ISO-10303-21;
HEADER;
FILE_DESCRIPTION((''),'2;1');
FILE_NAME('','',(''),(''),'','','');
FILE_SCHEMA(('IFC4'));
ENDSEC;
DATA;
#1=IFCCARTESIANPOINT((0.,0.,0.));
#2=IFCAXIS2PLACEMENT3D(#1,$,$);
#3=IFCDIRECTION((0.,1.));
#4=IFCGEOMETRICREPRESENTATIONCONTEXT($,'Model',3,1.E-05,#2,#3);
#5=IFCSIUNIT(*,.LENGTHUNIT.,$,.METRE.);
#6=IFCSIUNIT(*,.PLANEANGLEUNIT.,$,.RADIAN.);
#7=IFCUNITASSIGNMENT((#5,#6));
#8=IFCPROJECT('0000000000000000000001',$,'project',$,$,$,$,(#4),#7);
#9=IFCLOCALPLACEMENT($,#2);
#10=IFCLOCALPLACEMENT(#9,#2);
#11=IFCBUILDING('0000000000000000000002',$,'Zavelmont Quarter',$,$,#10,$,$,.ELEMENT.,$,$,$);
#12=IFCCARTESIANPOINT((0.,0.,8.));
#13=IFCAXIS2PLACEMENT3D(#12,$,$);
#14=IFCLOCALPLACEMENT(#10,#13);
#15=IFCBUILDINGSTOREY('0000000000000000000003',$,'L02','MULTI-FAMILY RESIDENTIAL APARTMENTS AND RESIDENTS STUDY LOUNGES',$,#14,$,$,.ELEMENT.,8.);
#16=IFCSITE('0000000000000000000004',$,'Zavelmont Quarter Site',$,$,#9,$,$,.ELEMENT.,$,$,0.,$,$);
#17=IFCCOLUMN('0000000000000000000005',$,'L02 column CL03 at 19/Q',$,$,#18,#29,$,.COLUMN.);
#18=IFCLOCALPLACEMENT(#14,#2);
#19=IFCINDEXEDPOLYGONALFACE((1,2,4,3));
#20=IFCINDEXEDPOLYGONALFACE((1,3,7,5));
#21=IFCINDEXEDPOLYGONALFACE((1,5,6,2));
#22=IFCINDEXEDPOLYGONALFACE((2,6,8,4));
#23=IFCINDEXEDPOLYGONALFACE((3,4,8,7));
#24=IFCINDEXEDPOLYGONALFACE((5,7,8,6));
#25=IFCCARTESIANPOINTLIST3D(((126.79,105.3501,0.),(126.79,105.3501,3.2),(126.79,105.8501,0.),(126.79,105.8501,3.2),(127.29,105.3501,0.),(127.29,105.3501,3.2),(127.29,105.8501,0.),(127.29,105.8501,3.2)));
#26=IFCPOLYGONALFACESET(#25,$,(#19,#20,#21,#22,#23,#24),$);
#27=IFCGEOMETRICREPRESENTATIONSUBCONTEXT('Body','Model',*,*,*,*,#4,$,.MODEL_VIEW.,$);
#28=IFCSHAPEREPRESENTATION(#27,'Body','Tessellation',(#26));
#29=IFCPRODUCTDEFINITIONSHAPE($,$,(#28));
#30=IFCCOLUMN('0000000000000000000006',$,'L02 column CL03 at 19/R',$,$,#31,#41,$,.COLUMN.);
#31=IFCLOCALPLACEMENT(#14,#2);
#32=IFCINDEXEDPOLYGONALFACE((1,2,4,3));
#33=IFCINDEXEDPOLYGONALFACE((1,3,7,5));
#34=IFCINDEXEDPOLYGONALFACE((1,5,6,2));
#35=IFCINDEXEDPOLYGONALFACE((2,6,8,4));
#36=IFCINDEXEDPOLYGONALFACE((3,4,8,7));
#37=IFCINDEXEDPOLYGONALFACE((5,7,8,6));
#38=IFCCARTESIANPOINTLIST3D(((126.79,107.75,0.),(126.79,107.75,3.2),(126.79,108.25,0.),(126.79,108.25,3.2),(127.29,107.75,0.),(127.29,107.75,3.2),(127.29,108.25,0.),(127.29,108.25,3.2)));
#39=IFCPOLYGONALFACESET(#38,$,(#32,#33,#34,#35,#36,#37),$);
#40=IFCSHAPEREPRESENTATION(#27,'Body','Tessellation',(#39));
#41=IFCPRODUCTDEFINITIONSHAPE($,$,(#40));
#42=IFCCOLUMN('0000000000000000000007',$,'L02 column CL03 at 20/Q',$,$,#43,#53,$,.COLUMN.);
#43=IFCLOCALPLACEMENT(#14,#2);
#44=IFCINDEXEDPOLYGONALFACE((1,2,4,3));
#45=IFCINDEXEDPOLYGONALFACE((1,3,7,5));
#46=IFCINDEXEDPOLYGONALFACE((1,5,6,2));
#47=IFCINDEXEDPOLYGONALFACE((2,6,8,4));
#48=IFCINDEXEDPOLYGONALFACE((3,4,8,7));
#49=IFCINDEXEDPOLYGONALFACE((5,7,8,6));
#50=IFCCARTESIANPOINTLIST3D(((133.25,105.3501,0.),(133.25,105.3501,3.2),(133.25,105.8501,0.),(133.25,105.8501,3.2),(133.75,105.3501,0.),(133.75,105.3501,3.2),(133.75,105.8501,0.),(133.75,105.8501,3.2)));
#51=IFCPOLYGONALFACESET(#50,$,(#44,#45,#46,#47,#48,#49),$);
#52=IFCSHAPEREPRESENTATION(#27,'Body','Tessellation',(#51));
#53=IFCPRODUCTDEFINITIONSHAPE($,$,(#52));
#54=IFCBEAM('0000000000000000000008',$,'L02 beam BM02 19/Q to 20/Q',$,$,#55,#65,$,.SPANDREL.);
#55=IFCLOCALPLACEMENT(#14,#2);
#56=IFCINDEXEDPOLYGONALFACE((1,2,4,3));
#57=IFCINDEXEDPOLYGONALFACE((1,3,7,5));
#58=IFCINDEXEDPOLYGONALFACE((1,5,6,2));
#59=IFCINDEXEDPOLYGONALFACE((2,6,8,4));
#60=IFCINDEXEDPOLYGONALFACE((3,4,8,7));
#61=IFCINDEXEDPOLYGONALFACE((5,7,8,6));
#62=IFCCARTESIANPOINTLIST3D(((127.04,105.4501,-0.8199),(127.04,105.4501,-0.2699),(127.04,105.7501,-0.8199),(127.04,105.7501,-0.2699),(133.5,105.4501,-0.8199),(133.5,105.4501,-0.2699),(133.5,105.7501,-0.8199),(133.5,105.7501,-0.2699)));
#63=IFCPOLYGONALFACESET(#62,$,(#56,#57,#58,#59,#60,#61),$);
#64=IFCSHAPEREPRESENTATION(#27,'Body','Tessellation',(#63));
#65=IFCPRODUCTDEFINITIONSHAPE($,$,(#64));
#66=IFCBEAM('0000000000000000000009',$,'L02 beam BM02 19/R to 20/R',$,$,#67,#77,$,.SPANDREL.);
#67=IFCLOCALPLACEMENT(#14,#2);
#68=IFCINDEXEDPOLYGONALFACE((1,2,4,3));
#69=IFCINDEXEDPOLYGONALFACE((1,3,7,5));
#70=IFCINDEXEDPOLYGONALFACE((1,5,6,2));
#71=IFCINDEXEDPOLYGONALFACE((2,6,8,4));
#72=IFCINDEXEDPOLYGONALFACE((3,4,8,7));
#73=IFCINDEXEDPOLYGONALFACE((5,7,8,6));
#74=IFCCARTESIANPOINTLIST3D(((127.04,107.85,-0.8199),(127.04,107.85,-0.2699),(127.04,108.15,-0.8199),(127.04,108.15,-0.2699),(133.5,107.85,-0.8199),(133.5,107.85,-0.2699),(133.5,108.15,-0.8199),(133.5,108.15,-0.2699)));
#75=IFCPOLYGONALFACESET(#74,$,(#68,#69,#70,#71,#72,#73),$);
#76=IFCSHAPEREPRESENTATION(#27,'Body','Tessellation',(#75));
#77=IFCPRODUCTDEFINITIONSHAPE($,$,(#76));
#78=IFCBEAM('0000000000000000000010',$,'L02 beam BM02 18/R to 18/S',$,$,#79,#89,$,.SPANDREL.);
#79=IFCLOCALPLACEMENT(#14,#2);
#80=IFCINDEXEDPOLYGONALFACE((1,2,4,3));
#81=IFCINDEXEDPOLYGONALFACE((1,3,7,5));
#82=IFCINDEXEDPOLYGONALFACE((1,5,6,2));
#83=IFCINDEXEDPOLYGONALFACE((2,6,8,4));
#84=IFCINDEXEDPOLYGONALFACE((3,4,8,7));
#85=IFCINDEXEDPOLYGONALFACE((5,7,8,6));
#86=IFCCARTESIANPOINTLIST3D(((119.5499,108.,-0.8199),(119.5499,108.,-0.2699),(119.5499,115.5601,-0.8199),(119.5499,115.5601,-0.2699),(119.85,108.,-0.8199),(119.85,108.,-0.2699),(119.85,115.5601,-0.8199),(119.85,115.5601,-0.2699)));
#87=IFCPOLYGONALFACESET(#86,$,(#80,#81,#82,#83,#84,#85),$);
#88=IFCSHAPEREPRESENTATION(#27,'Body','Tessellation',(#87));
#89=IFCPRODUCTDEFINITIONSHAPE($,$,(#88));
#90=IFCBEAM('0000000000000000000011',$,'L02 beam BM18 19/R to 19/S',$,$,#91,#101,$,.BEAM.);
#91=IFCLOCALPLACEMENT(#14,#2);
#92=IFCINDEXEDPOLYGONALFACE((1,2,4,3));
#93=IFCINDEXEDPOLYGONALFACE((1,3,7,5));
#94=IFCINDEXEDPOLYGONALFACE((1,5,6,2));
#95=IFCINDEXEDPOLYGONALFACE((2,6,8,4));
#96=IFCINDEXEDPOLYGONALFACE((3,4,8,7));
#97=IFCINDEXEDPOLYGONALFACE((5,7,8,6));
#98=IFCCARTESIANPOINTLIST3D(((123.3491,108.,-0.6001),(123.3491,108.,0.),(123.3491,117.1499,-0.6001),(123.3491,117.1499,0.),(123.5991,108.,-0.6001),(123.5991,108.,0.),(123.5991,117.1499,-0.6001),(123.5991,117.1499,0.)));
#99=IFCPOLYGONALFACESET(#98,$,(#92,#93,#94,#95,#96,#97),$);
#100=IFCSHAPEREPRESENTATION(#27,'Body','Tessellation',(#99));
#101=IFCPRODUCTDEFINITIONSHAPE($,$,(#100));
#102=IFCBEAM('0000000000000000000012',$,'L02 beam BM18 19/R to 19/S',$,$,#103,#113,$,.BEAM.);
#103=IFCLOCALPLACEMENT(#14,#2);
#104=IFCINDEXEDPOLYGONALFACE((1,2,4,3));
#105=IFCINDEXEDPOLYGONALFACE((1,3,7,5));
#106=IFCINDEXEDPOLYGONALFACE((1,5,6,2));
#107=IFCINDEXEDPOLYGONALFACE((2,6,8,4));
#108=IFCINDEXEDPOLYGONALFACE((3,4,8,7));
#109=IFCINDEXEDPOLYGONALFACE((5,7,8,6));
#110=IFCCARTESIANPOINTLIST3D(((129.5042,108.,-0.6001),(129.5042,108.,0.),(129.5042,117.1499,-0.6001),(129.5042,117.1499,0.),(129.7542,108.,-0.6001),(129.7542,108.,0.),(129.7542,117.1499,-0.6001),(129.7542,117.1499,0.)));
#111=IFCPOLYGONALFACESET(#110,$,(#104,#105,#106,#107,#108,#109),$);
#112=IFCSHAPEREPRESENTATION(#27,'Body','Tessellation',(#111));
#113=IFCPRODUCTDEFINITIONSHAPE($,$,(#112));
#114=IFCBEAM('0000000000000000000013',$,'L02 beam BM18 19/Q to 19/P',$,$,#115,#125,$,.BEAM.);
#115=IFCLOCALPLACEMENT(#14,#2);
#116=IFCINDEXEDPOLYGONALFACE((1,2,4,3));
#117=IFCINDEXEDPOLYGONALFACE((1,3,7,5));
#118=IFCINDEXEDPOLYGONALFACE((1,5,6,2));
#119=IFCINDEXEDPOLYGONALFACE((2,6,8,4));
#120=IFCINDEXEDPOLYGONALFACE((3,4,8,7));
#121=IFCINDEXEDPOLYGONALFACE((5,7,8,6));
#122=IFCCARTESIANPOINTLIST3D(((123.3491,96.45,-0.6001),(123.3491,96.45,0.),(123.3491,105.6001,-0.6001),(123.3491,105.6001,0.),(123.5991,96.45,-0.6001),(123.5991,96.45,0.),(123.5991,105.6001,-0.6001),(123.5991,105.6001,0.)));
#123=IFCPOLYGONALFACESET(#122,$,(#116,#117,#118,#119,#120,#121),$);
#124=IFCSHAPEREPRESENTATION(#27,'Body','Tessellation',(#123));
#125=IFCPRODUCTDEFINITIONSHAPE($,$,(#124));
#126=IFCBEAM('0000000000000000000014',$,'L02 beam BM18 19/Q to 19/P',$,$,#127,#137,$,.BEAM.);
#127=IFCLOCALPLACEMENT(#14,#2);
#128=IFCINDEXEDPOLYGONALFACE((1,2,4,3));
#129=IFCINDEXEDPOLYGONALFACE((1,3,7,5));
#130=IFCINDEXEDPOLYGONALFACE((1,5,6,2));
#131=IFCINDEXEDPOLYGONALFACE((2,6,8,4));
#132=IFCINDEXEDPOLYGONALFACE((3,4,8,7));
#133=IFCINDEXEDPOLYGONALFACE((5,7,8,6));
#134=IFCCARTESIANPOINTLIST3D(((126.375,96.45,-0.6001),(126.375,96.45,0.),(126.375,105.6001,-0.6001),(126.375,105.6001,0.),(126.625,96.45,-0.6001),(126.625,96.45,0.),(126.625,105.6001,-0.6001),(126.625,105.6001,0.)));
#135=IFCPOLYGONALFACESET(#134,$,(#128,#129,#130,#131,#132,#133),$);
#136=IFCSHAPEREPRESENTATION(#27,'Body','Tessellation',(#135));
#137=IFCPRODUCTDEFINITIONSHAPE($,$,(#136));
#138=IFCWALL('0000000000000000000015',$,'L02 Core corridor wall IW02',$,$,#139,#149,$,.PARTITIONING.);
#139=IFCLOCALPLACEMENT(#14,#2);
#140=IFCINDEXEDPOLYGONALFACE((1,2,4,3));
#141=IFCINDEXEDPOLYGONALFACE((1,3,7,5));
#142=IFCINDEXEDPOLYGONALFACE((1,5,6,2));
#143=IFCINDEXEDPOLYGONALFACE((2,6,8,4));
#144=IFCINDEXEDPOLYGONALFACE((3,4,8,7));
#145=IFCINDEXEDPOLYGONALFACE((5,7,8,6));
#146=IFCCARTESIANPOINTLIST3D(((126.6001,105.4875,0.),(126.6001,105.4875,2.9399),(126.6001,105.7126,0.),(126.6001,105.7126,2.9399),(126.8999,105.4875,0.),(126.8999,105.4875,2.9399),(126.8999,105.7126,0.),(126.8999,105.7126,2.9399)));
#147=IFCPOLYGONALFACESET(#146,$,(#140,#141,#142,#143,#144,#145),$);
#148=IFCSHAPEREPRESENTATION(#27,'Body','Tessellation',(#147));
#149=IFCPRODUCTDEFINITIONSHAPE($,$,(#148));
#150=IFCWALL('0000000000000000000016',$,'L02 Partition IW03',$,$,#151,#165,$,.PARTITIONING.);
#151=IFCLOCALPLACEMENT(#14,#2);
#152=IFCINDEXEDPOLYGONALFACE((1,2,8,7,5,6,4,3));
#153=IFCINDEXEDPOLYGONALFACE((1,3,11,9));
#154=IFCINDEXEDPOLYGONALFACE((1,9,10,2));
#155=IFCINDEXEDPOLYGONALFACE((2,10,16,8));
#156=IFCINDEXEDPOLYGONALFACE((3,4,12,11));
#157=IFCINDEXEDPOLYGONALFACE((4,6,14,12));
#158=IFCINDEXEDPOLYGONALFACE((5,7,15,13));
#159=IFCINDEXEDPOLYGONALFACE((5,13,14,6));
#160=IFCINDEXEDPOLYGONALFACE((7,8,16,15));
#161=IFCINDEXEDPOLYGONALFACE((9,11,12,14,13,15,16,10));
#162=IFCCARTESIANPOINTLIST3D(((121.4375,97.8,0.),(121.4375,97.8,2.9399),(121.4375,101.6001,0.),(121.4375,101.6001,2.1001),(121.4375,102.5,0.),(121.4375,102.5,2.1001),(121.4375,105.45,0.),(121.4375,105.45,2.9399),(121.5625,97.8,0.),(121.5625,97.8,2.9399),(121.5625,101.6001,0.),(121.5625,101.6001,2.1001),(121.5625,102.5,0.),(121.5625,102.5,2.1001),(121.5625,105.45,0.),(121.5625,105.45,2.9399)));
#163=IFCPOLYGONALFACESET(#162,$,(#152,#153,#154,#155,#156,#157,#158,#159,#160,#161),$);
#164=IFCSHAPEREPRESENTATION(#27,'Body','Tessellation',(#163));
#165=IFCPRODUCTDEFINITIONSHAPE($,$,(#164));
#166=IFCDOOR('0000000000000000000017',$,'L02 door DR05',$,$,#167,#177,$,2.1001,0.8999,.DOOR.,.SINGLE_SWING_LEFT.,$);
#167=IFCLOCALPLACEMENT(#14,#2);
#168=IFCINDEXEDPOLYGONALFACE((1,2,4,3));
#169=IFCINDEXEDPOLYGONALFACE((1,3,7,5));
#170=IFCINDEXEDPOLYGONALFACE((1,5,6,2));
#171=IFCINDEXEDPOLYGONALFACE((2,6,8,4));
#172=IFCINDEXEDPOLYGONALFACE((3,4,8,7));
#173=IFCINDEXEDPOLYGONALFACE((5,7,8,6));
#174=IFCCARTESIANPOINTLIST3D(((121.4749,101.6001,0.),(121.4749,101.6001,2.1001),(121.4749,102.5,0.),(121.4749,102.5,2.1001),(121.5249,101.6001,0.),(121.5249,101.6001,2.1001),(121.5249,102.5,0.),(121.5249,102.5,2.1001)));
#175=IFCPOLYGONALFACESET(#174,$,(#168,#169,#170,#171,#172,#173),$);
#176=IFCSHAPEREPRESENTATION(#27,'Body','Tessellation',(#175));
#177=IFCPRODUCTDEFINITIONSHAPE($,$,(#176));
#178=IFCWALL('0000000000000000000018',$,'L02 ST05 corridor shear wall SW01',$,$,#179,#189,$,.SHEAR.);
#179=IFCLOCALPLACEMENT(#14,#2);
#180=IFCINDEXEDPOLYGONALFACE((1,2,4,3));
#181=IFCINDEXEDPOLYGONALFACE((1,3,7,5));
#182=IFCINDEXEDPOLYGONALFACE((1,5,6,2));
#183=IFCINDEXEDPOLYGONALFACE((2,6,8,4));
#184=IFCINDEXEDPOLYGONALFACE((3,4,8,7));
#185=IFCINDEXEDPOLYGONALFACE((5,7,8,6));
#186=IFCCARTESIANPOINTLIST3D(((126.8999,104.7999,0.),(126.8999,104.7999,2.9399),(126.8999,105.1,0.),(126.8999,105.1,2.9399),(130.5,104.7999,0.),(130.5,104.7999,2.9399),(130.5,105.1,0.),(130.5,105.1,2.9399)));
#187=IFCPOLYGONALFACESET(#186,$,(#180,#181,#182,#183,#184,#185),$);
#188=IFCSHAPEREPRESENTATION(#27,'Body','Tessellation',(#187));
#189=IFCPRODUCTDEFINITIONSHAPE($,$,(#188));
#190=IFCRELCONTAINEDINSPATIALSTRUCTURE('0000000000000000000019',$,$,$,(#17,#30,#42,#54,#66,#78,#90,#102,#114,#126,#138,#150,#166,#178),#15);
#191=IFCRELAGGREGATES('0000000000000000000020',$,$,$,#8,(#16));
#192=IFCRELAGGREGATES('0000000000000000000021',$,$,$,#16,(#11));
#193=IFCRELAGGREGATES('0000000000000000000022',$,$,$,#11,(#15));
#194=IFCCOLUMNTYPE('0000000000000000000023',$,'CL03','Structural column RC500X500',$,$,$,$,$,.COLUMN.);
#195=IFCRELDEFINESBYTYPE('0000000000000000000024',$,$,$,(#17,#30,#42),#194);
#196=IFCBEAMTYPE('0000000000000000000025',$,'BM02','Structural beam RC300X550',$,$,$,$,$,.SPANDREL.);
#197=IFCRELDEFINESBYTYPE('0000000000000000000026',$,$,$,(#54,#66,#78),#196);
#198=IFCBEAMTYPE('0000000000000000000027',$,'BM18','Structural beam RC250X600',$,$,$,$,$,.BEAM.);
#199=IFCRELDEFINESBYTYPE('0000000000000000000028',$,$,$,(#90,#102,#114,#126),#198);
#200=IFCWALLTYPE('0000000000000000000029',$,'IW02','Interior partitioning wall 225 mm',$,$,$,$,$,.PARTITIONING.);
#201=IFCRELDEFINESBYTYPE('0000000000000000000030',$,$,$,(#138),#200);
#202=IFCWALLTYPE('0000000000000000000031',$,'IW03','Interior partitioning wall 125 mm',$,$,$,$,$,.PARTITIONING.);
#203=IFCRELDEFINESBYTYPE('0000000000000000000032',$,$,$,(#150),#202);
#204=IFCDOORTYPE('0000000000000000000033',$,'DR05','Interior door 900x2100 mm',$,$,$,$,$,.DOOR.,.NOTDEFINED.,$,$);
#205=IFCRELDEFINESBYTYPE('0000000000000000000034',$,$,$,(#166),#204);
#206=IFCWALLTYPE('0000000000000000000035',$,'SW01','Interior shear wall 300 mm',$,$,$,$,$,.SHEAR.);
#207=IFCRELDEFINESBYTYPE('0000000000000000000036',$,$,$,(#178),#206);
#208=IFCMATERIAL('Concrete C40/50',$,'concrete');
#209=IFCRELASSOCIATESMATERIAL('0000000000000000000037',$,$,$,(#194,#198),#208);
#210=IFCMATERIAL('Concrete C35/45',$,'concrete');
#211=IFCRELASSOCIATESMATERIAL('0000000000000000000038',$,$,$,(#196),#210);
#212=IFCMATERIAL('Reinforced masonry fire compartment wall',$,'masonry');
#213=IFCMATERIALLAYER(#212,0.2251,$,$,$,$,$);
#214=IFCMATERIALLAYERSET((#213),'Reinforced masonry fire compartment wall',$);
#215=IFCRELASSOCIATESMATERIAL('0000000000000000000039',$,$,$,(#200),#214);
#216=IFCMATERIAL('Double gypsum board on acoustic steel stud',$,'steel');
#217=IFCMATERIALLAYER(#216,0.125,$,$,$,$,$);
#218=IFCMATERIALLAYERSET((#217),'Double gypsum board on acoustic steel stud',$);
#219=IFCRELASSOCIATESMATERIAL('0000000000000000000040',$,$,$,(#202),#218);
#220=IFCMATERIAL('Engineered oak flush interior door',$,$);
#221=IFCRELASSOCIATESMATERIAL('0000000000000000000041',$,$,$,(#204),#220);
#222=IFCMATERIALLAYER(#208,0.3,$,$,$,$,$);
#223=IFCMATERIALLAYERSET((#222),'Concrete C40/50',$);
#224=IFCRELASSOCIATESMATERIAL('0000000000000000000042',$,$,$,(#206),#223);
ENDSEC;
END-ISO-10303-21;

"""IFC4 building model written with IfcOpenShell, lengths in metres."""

from ifc_helpers import new_model, si_unit, direction, frame, frame_2d, origin, origin_with_axes, origin_2d, place, context, subcontext, project, spatial, rectangle, extrude, material, layer, layer_set, material_profile, profile_set, type_object, element, fill, save


model = new_model("IFC4")

# Units and contexts
model_context = context("Model", 3, precision=1e-05, world=origin(), true_north=direction((0.0, 1.0)))
body_context = subcontext(model_context, "Body", "Model", "MODEL_VIEW")
ifc_project = project(units=[si_unit("LENGTHUNIT", "METRE"), si_unit("PLANEANGLEUNIT", "RADIAN")], contexts=[model_context])

# Site, building, storey
site_placement = place(None, origin())
site = spatial("IfcSite", under=ifc_project, at=site_placement, Name="Zavelmont Quarter Site", CompositionType="ELEMENT", RefElevation=0.0)
building_placement = place(site_placement, origin())
building = spatial("IfcBuilding", under=site, at=building_placement, Name="Zavelmont Quarter", CompositionType="ELEMENT")
storey_placement = place(building_placement, frame((0.0, 0.0, 8.0)))
storey = spatial("IfcBuildingStorey", under=building, at=storey_placement, Name="L02", Description="MULTI-FAMILY RESIDENTIAL APARTMENTS AND RESIDENTS STUDY LOUNGES", CompositionType="ELEMENT", Elevation=8.0)

# Columns
ifc_material_1 = material(Name="Concrete C40/50", Category="concrete")
ifc_material_profile_1 = material_profile(ifc_material_1, rectangle(XDim=0.5, YDim=0.5, at=origin_2d()), Name="RC500X500")
ifc_profile_set_1 = profile_set([ifc_material_profile_1], Name="Concrete C40/50")
column_type = type_object("IfcColumnType", Name="CL03", Description="Structural column RC500X500", PredefinedType="COLUMN", material=ifc_profile_set_1)
for number, where, z_axis, x_axis, name in (
    (1, (127.04, 105.6001, 0.0), (0.0, 0.0, 1.0), (1.0, 0.0, 0.0), "L02 column CL03 at 19/Q"),
    (2, (127.04, 108.0, 0.0), (0.0, 0.0, 1.0), (1.0, 0.0, 0.0), "L02 column CL03 at 19/R"),
    (3, (133.5, 105.6001, 0.0), (0.0, 0.0, 1.0), (1.0, 0.0, 0.0), "L02 column CL03 at 20/Q"),
):
    element("IfcColumn", number, at=place(storey_placement, frame(where, z_axis=z_axis, x_axis=x_axis)), inside=storey, type_object=column_type, Name=name, PredefinedType="COLUMN", context=body_context, shape_type="SweptSolid", body=[
        extrude(rectangle(XDim=0.5, YDim=0.5, at=origin_2d()), origin(), (0.0, 0.0, 1.0), 3.2),
    ])

# Beams
ifc_material_2 = material(Name="Concrete C35/45", Category="concrete")
ifc_material_profile_2 = material_profile(ifc_material_2, rectangle(XDim=0.3, YDim=0.55, at=origin_2d()), Name="RC300X550")
ifc_profile_set_2 = profile_set([ifc_material_profile_2], Name="Concrete C35/45")
beam_type_1 = type_object("IfcBeamType", Name="BM02", Description="Structural beam RC300X550", PredefinedType="SPANDREL", material=ifc_profile_set_2)
for number, where, z_axis, x_axis, name in (
    (4, (127.04, 105.6001, -0.5449), (1.0, 0.0, 0.0), (0.0, 1.0, 0.0), "L02 beam BM02 19/Q to 20/Q"),
    (5, (127.04, 108.0, -0.5449), (1.0, 0.0, 0.0), (0.0, 1.0, 0.0), "L02 beam BM02 19/R to 20/R"),
):
    element("IfcBeam", number, at=place(storey_placement, frame(where, z_axis=z_axis, x_axis=x_axis)), inside=storey, type_object=beam_type_1, Name=name, PredefinedType="SPANDREL", context=body_context, shape_type="SweptSolid", body=[
        extrude(rectangle(XDim=0.3, YDim=0.55, at=origin_2d()), origin(), (0.0, 0.0, 1.0), 6.46),
    ])
beam_placement = place(storey_placement, frame((119.7, 108.0, -0.5449), z_axis=(0.0, 1.0, 0.0), x_axis=(-1.0, 0.0, 0.0)))
element("IfcBeam", 6, at=beam_placement, inside=storey, type_object=beam_type_1, Name="L02 beam BM02 18/R to 18/S", PredefinedType="SPANDREL", context=body_context, shape_type="SweptSolid", body=[
    extrude(rectangle(XDim=0.3, YDim=0.55, at=origin_2d()), origin(), (0.0, 0.0, 1.0), 7.5601),
])
ifc_material_profile_3 = material_profile(ifc_material_1, rectangle(XDim=0.25, YDim=0.6001, at=origin_2d()), Name="RC250X600")
ifc_profile_set_3 = profile_set([ifc_material_profile_3], Name="Concrete C40/50")
beam_type_2 = type_object("IfcBeamType", Name="BM18", Description="Structural beam RC250X600", PredefinedType="BEAM", material=ifc_profile_set_3)
for number, where, z_axis, x_axis, name in (
    (7, (123.4741, 108.0, -0.3), (0.0, 1.0, 0.0), (-1.0, 0.0, 0.0), "L02 beam BM18 19/R to 19/S"),
    (8, (129.6292, 108.0, -0.3), (0.0, 1.0, 0.0), (-1.0, 0.0, 0.0), "L02 beam BM18 19/R to 19/S"),
):
    element("IfcBeam", number, at=place(storey_placement, frame(where, z_axis=z_axis, x_axis=x_axis)), inside=storey, type_object=beam_type_2, Name=name, PredefinedType="BEAM", context=body_context, shape_type="SweptSolid", body=[
        extrude(rectangle(XDim=0.25, YDim=0.6001, at=origin_2d()), origin(), (0.0, 0.0, 1.0), 9.1499),
    ])
for number, where, z_axis, x_axis, name in (
    (9, (123.4741, 105.6001, -0.3), (0.0, -1.0, 0.0), (1.0, 0.0, 0.0), "L02 beam BM18 19/Q to 19/P"),
    (10, (126.5, 105.6001, -0.3), (0.0, -1.0, 0.0), (1.0, 0.0, 0.0), "L02 beam BM18 19/Q to 19/P"),
):
    element("IfcBeam", number, at=place(storey_placement, frame(where, z_axis=z_axis, x_axis=x_axis)), inside=storey, type_object=beam_type_2, Name=name, PredefinedType="BEAM", context=body_context, shape_type="SweptSolid", body=[
        extrude(rectangle(XDim=0.25, YDim=0.6001, at=origin_2d()), origin(), (0.0, 0.0, 1.0), 9.1501),
    ])

# Wall
ifc_material_3 = material(Name="Reinforced masonry fire compartment wall", Category="masonry")
ifc_layer_1 = layer(ifc_material_3, 0.2251)
ifc_layer_set_1 = layer_set([ifc_layer_1], Name="Reinforced masonry fire compartment wall")
wall_type_1 = type_object("IfcWallType", Name="IW02", Description="Interior partitioning wall 225 mm", PredefinedType="PARTITIONING", material=ifc_layer_set_1)
wall_1_placement = place(storey_placement, frame((126.6001, 105.6001, 0.0), z_axis=(0.0, 0.0, 1.0), x_axis=(1.0, 0.0, 0.0)))
element("IfcWall", 11, at=wall_1_placement, inside=storey, type_object=wall_type_1, Name="L02 Core corridor wall IW02", PredefinedType="PARTITIONING", context=body_context, shape_type="SweptSolid", body=[
    extrude(rectangle(XDim=0.2998, YDim=0.2251, at=frame_2d((0.1499, 0.0))), origin(), (0.0, 0.0, 1.0), 2.9399),
])

# Wall, opening, door
ifc_material_4 = material(Name="Double gypsum board on acoustic steel stud", Category="steel")
ifc_layer_2 = layer(ifc_material_4, 0.125)
ifc_layer_set_2 = layer_set([ifc_layer_2], Name="Double gypsum board on acoustic steel stud")
wall_type_2 = type_object("IfcWallType", Name="IW03", Description="Interior partitioning wall 125 mm", PredefinedType="PARTITIONING", material=ifc_layer_set_2)
wall_2_placement = place(storey_placement, frame((121.5, 105.45, 0.0), z_axis=(0.0, 0.0, 1.0), x_axis=(0.0, -1.0, 0.0)))
wall_2 = element("IfcWall", 12, at=wall_2_placement, inside=storey, type_object=wall_type_2, Name="L02 Partition IW03", PredefinedType="PARTITIONING", context=body_context, shape_type="SweptSolid", body=[
    extrude(rectangle(XDim=7.6499, YDim=0.125, at=frame_2d((3.825, 0.0))), origin(), (0.0, 0.0, 1.0), 2.9399),
])
opening_1_placement = place(wall_2_placement, frame((2.95, 0.0, 0.0)))
opening_1 = element("IfcOpeningElement", 13, at=opening_1_placement, cuts=wall_2, PredefinedType="OPENING", context=body_context, shape_type="SweptSolid", body=[
    extrude(rectangle(XDim=0.8999, YDim=2.1001, at=frame_2d((0.45, 1.05))), frame((0.0, 0.0745, 0.0), z_axis=(0.0, -1.0, 0.0), x_axis=(1.0, 0.0, 0.0)), (0.0, 0.0, 1.0), 0.1489),
])
ifc_material_5 = material(Name="Engineered oak flush interior door")
door_type_1 = type_object("IfcDoorType", Name="DR05", Description="Interior door 900x2100 mm", OperationType="NOTDEFINED", PredefinedType="DOOR", material=ifc_material_5)
door_1_placement = place(opening_1_placement, origin_with_axes())
door_1 = element("IfcDoor", 14, at=door_1_placement, inside=storey, type_object=door_type_1, Name="L02 door DR05", OperationType="SINGLE_SWING_LEFT", OverallHeight=2.1001, OverallWidth=0.8999, PredefinedType="DOOR", context=body_context, shape_type="SweptSolid", body=[
    extrude(rectangle(XDim=0.8999, YDim=2.1001, at=frame_2d((0.45, 1.05))), frame((0.0, 0.0249, 0.0), z_axis=(0.0, -1.0, 0.0), x_axis=(1.0, 0.0, 0.0)), (0.0, 0.0, 1.0), 0.05),
])
fill(opening_1, door_1)

# Wall
ifc_layer_3 = layer(ifc_material_1, 0.3)
ifc_layer_set_3 = layer_set([ifc_layer_3], Name="Concrete C40/50")
wall_type_3 = type_object("IfcWallType", Name="SW01", Description="Interior shear wall 300 mm", PredefinedType="SHEAR", material=ifc_layer_set_3)
wall_3_placement = place(storey_placement, frame((126.8999, 104.95, 0.0), z_axis=(0.0, 0.0, 1.0), x_axis=(1.0, 0.0, 0.0)))
element("IfcWall", 15, at=wall_3_placement, inside=storey, type_object=wall_type_3, Name="L02 ST05 corridor shear wall SW01", PredefinedType="SHEAR", context=body_context, shape_type="SweptSolid", body=[
    extrude(rectangle(XDim=3.6001, YDim=0.3, at=frame_2d((1.8, 0.0))), origin(), (0.0, 0.0, 1.0), 2.9399),
])

save(model, "model.ifc")
